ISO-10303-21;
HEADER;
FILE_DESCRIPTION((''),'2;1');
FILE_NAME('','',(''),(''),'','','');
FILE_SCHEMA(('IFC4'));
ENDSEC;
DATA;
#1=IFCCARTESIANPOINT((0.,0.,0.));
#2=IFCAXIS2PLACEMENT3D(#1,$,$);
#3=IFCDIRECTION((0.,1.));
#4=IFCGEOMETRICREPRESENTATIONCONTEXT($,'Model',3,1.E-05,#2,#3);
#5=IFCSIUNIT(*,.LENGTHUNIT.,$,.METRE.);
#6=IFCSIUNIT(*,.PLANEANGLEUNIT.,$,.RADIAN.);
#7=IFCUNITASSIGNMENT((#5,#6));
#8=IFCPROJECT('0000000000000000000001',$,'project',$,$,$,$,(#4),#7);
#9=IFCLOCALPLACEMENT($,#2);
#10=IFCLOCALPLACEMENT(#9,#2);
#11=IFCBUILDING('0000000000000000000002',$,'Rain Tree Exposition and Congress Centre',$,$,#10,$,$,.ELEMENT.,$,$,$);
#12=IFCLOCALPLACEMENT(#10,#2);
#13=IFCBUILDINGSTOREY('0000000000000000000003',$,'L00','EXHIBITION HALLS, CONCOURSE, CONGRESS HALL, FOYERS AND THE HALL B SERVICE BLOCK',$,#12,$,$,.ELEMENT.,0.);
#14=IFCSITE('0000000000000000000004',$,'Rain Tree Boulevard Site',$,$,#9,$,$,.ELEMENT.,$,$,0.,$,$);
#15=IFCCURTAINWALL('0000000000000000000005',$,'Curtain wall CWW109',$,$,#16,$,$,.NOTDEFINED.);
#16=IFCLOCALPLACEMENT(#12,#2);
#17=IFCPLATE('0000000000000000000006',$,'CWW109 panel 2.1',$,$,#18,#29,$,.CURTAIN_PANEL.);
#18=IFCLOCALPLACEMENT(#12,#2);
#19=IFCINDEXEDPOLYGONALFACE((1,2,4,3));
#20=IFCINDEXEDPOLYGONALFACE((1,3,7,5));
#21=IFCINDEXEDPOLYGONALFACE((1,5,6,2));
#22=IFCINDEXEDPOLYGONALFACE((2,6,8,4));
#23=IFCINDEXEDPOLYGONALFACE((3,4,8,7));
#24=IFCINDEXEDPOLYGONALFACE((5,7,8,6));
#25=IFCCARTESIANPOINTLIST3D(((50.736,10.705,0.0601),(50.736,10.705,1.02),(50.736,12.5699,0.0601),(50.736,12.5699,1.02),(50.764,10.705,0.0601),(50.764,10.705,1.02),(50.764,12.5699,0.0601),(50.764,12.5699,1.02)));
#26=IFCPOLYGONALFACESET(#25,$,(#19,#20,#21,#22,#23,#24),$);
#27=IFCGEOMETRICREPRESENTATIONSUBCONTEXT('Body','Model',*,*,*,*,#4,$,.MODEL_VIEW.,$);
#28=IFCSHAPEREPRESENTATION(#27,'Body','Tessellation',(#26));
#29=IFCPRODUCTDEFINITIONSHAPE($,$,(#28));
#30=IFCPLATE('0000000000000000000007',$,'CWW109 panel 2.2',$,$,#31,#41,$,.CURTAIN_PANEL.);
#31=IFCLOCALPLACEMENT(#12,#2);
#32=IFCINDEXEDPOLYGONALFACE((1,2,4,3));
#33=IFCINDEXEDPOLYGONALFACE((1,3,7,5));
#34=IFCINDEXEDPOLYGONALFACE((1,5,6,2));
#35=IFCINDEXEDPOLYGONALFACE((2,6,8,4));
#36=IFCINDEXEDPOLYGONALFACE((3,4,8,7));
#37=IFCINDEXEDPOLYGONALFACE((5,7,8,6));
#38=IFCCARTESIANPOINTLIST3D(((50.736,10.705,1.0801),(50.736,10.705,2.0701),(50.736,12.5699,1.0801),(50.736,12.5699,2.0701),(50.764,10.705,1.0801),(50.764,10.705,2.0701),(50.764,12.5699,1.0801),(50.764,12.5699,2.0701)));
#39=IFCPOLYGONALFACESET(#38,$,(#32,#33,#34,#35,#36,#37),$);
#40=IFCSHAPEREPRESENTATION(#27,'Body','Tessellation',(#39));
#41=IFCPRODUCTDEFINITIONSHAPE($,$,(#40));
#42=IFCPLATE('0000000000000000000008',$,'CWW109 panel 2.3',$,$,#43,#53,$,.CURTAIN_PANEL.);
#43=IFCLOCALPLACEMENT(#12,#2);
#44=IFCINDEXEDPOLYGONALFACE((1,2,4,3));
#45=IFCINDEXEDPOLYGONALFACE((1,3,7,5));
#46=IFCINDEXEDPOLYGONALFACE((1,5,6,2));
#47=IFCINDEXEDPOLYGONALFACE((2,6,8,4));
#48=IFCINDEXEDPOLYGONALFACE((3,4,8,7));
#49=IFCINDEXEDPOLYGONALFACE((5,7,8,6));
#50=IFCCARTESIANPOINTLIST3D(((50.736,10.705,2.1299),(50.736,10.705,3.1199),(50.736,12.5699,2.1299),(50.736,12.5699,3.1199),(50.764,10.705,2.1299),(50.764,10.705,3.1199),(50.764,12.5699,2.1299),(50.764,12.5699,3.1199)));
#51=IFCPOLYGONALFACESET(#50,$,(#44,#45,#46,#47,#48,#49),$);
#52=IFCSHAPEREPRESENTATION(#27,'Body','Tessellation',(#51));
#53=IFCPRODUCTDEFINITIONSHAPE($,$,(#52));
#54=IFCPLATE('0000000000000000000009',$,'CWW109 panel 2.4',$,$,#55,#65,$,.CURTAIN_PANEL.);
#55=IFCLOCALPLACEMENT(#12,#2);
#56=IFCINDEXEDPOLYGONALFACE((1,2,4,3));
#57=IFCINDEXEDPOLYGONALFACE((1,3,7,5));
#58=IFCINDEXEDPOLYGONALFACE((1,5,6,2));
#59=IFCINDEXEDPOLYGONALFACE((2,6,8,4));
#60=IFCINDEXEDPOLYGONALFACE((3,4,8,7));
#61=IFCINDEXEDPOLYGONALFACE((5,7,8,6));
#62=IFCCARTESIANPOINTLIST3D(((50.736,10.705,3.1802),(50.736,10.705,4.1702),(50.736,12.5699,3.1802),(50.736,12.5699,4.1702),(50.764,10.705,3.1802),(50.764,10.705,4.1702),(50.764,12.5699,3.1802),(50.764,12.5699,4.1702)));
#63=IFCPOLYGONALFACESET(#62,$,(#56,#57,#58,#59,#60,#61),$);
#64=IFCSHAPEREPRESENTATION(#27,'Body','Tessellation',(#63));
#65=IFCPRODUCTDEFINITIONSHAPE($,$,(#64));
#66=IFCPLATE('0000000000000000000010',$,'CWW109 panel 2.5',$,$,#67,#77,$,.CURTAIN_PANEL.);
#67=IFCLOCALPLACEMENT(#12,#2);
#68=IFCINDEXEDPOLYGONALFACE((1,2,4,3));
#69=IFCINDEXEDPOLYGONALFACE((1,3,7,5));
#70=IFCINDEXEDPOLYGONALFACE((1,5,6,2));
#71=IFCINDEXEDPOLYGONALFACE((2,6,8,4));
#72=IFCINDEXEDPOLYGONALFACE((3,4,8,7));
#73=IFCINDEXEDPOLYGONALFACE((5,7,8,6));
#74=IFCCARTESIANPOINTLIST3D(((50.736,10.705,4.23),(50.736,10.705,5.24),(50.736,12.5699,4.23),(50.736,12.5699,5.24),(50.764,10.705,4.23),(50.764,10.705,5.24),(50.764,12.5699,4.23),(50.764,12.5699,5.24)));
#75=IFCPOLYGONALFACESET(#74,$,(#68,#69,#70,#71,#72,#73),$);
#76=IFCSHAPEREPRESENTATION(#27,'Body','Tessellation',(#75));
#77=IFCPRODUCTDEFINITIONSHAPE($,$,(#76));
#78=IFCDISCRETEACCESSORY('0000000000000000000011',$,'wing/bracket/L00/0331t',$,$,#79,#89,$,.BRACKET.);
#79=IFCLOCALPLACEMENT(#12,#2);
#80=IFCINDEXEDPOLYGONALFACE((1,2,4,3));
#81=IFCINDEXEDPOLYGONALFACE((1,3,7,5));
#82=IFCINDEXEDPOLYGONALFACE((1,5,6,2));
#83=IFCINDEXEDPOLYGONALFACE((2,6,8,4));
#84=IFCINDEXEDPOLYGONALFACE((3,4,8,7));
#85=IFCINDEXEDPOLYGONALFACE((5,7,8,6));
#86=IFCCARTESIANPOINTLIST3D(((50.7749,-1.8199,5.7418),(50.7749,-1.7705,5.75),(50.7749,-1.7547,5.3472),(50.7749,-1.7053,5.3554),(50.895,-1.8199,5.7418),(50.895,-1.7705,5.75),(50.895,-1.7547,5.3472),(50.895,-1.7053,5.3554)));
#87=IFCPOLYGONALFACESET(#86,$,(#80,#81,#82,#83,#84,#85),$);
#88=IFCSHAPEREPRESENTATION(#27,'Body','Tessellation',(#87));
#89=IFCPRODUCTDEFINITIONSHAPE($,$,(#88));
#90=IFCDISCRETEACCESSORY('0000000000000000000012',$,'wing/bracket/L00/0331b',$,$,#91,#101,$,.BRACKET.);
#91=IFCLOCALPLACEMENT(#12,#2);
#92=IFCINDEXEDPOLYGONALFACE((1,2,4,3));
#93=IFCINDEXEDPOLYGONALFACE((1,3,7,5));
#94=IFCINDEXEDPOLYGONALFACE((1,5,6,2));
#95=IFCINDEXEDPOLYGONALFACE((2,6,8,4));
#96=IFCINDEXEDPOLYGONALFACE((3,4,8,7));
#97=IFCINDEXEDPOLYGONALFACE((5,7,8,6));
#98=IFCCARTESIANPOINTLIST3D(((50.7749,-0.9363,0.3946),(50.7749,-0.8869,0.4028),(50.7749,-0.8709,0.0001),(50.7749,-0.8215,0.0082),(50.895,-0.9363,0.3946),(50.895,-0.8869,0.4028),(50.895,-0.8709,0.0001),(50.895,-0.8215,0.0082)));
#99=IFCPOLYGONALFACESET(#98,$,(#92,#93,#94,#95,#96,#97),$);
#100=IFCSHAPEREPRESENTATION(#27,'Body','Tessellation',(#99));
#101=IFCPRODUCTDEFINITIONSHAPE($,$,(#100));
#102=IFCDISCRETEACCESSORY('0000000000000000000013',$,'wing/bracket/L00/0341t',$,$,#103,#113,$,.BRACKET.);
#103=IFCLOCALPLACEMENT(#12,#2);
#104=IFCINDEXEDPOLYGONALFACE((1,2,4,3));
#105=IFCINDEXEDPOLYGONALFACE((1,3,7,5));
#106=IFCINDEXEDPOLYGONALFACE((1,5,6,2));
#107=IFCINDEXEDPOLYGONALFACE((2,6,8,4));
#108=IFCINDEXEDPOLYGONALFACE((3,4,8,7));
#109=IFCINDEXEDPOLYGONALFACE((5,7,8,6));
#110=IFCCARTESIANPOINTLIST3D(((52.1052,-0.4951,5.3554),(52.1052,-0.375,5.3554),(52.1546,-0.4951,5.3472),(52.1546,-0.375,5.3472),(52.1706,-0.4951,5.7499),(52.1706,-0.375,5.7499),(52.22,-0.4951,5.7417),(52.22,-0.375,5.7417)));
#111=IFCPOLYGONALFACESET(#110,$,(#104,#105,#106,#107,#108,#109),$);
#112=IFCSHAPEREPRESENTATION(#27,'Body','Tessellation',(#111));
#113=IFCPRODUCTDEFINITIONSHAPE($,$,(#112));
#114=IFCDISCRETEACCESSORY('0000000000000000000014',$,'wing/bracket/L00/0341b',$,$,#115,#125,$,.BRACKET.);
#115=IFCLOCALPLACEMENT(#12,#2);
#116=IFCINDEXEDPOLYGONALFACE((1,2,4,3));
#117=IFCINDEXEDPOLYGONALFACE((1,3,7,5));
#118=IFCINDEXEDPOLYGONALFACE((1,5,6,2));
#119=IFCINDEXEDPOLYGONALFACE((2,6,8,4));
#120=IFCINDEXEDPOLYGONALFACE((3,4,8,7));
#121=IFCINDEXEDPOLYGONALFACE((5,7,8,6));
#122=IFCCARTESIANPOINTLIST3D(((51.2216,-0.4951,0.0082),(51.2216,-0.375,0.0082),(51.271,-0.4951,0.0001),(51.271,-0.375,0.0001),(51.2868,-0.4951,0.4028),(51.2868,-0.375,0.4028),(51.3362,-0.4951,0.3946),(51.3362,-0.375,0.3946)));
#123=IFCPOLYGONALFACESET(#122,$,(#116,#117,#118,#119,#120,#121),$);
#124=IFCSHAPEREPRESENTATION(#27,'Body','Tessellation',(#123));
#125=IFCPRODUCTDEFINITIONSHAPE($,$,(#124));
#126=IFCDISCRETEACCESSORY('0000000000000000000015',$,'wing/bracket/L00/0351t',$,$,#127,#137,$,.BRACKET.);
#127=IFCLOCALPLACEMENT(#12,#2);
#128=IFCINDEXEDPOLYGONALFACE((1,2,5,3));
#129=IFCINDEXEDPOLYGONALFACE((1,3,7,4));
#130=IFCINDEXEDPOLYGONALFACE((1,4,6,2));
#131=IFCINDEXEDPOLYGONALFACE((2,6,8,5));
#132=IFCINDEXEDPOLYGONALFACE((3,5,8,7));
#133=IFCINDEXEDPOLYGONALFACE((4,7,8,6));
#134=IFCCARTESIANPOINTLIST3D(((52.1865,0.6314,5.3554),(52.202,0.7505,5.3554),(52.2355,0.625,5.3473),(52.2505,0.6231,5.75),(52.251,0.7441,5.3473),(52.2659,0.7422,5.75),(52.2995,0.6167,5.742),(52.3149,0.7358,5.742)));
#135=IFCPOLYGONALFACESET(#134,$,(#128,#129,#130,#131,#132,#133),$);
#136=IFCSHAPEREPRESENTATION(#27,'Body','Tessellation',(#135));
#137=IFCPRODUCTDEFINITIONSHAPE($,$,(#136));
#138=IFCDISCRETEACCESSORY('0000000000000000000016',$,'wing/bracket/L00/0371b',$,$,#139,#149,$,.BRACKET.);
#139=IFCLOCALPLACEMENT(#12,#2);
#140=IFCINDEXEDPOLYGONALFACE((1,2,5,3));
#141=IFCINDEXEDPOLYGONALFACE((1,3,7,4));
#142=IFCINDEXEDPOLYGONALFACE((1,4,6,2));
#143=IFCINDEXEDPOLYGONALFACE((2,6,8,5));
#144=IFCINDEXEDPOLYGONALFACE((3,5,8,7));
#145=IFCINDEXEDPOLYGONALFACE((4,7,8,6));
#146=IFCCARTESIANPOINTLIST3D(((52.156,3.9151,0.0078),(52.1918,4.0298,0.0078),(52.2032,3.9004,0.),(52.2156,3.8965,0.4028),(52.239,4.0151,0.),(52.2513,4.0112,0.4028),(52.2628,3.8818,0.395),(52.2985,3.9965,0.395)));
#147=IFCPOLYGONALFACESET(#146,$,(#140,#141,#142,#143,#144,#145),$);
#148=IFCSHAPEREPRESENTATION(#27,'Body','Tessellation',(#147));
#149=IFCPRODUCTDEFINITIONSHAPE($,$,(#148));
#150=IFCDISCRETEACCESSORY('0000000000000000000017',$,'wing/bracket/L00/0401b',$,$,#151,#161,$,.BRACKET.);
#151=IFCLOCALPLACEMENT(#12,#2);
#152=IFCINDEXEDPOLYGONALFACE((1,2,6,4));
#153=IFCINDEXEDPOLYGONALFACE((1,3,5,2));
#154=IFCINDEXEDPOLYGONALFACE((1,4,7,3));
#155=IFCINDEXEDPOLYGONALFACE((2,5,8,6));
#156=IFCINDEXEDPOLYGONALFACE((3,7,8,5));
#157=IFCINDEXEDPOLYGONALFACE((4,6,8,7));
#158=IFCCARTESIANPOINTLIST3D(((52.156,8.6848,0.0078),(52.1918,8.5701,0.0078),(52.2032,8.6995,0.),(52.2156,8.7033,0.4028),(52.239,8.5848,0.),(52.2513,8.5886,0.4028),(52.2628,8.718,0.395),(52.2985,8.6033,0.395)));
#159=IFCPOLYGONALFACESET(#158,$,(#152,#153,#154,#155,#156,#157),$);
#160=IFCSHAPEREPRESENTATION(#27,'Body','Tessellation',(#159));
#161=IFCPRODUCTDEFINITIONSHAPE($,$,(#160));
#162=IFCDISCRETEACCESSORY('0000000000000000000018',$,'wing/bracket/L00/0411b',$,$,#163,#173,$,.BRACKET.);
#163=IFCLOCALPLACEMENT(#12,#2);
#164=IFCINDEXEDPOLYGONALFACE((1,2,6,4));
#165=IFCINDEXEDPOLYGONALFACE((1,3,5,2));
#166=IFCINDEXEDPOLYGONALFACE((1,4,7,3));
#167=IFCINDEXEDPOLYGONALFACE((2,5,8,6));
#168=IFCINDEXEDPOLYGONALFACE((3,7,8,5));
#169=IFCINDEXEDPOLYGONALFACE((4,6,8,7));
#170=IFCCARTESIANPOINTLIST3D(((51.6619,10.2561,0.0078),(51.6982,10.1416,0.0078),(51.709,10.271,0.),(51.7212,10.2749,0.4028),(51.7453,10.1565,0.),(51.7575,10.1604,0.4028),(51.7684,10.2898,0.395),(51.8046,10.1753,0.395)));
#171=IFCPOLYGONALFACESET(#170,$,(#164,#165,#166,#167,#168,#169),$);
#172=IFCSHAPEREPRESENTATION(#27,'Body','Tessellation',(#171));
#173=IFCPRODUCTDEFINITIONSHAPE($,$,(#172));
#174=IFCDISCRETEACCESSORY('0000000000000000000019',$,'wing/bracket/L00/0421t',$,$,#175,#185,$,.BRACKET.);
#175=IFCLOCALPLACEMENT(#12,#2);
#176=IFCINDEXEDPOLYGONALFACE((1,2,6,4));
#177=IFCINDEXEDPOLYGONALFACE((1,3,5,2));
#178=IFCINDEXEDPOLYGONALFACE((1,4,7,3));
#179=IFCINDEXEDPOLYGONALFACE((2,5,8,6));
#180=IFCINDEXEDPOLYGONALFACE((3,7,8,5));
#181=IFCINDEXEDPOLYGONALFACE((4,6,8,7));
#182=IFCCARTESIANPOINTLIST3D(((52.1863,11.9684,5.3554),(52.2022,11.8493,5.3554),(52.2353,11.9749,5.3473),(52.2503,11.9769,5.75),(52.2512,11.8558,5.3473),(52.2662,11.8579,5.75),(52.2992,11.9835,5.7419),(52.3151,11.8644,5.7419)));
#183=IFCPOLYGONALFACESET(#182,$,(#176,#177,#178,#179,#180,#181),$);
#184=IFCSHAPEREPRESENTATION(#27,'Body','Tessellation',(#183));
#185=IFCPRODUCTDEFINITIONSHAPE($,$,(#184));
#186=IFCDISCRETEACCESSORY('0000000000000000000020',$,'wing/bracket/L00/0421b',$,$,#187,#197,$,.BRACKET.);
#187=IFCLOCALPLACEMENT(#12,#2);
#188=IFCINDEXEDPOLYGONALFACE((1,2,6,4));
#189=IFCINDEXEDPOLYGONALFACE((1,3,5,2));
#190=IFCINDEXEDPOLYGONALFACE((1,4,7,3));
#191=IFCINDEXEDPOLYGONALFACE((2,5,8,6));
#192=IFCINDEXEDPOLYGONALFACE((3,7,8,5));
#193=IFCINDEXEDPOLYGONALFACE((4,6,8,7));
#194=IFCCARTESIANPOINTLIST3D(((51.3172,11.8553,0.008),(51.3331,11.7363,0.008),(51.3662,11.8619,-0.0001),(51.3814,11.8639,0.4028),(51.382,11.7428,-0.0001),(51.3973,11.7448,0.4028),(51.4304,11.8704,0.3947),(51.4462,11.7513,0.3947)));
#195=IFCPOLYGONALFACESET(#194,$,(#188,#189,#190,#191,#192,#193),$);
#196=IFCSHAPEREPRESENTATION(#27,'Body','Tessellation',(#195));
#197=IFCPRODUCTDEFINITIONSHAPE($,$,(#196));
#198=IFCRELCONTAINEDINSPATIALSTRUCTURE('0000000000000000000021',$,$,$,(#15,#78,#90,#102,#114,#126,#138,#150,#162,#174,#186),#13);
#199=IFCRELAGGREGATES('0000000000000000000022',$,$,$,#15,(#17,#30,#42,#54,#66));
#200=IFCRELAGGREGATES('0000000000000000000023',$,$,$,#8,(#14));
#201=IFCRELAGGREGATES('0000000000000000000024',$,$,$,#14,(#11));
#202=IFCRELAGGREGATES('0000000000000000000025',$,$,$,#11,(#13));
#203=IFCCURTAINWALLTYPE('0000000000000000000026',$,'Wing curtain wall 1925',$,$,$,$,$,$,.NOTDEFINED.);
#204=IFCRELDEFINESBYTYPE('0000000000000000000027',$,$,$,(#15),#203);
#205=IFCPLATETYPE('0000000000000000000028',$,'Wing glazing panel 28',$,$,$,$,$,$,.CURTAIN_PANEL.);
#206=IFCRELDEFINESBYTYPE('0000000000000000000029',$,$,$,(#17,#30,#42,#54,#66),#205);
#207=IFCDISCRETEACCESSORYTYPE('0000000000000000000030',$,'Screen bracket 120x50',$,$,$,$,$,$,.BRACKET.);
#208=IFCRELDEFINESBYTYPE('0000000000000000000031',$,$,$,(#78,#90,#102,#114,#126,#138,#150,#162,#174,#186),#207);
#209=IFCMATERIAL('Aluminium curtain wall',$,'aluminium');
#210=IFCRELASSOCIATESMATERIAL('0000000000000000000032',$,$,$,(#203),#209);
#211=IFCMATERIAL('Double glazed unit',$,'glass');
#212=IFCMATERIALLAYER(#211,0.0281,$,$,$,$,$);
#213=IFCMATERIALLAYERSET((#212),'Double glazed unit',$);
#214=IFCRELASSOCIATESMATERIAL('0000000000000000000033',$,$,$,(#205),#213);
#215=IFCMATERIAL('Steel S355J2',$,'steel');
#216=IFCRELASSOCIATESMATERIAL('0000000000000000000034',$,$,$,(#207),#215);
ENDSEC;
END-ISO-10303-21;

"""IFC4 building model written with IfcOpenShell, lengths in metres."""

from ifc_helpers import new_model, si_unit, direction, frame, origin, origin_2d, place, context, subcontext, project, spatial, rectangle, extrude, material, layer, layer_set, material_profile, profile_set, type_object, element, aggregate, save


model = new_model("IFC4")

# Units and contexts
model_context = context("Model", 3, precision=1e-05, world=origin(), true_north=direction((0.0, 1.0)))
body_context = subcontext(model_context, "Body", "Model", "MODEL_VIEW")
ifc_project = project(units=[si_unit("LENGTHUNIT", "METRE"), si_unit("PLANEANGLEUNIT", "RADIAN")], contexts=[model_context])

# Site, building, storey
site_placement = place(None, origin())
site = spatial("IfcSite", under=ifc_project, at=site_placement, Name="Rain Tree Boulevard Site", CompositionType="ELEMENT", RefElevation=0.0)
building_placement = place(site_placement, origin())
building = spatial("IfcBuilding", under=site, at=building_placement, Name="Rain Tree Exposition and Congress Centre", CompositionType="ELEMENT")
storey_placement = place(building_placement, origin())
storey = spatial("IfcBuildingStorey", under=building, at=storey_placement, Name="L00", Description="EXHIBITION HALLS, CONCOURSE, CONGRESS HALL, FOYERS AND THE HALL B SERVICE BLOCK", CompositionType="ELEMENT", Elevation=0.0)

# Curtain wall, plates
ifc_material_1 = material(Name="Aluminium curtain wall", Category="aluminium")
curtain_wall_type = type_object("IfcCurtainWallType", Name="Wing curtain wall 1925", PredefinedType="NOTDEFINED", material=ifc_material_1)
curtain_wall_placement = place(storey_placement, origin())
curtain_wall = element("IfcCurtainWall", 1, at=curtain_wall_placement, inside=storey, type_object=curtain_wall_type, Name="Curtain wall CWW109", PredefinedType="NOTDEFINED")
ifc_material_2 = material(Name="Double glazed unit", Category="glass")
ifc_layer_1 = layer(ifc_material_2, 0.0281)
ifc_layer_set_1 = layer_set([ifc_layer_1], Name="Double glazed unit")
plate_type = type_object("IfcPlateType", Name="Wing glazing panel 28", PredefinedType="CURTAIN_PANEL", material=ifc_layer_set_1)
plate_1_placement = place(storey_placement, frame((50.75, 11.6375, 0.0601), z_axis=(0.0, 0.0, 1.0), x_axis=(0.0, 1.0, 0.0)))
plate_1 = element("IfcPlate", 2, at=plate_1_placement, type_object=plate_type, Name="CWW109 panel 2.1", PredefinedType="CURTAIN_PANEL", context=body_context, shape_type="SweptSolid", body=[
    extrude(rectangle(XDim=1.865, YDim=0.0281, at=origin_2d()), origin(), (0.0, 0.0, 1.0), 0.96),
])
plate_2_placement = place(storey_placement, frame((50.75, 11.6375, 1.0801), z_axis=(0.0, 0.0, 1.0), x_axis=(0.0, 1.0, 0.0)))
plate_2 = element("IfcPlate", 3, at=plate_2_placement, type_object=plate_type, Name="CWW109 panel 2.2", PredefinedType="CURTAIN_PANEL", context=body_context, shape_type="SweptSolid", body=[
    extrude(rectangle(XDim=1.865, YDim=0.0281, at=origin_2d()), origin(), (0.0, 0.0, 1.0), 0.99),
])
plate_3_placement = place(storey_placement, frame((50.75, 11.6375, 2.1299), z_axis=(0.0, 0.0, 1.0), x_axis=(0.0, 1.0, 0.0)))
plate_3 = element("IfcPlate", 4, at=plate_3_placement, type_object=plate_type, Name="CWW109 panel 2.3", PredefinedType="CURTAIN_PANEL", context=body_context, shape_type="SweptSolid", body=[
    extrude(rectangle(XDim=1.865, YDim=0.0281, at=origin_2d()), origin(), (0.0, 0.0, 1.0), 0.99),
])
plate_4_placement = place(storey_placement, frame((50.75, 11.6375, 3.1802), z_axis=(0.0, 0.0, 1.0), x_axis=(0.0, 1.0, 0.0)))
plate_4 = element("IfcPlate", 5, at=plate_4_placement, type_object=plate_type, Name="CWW109 panel 2.4", PredefinedType="CURTAIN_PANEL", context=body_context, shape_type="SweptSolid", body=[
    extrude(rectangle(XDim=1.865, YDim=0.0281, at=origin_2d()), origin(), (0.0, 0.0, 1.0), 0.99),
])
plate_5_placement = place(storey_placement, frame((50.75, 11.6375, 4.23), z_axis=(0.0, 0.0, 1.0), x_axis=(0.0, 1.0, 0.0)))
plate_5 = element("IfcPlate", 6, at=plate_5_placement, type_object=plate_type, Name="CWW109 panel 2.5", PredefinedType="CURTAIN_PANEL", context=body_context, shape_type="SweptSolid", body=[
    extrude(rectangle(XDim=1.865, YDim=0.0281, at=origin_2d()), origin(), (0.0, 0.0, 1.0), 1.01),
])
aggregate(curtain_wall, [plate_1, plate_2, plate_3, plate_4, plate_5])

# Discrete accessories
ifc_material_3 = material(Name="Steel S355J2", Category="steel")
ifc_material_profile_1 = material_profile(ifc_material_3, rectangle(XDim=0.1201, YDim=0.05, at=origin_2d()), Name="Flat bar 120x50")
ifc_profile_set_1 = profile_set([ifc_material_profile_1], Name="Steel S355J2")
discrete_accessory_type = type_object("IfcDiscreteAccessoryType", Name="Screen bracket 120x50", PredefinedType="BRACKET", material=ifc_profile_set_1)
for number, where, z_axis, x_axis, name in (
    (7, (50.835, -1.73, 5.3513), (0.0, -0.163013, 0.986624), (1.0, 0.0, 0.0), "wing/bracket/L00/0331t"),
    (8, (50.835, -0.8462, 0.0042), (0.0, -0.163607, 0.986526), (1.0, 0.0, 0.0), "wing/bracket/L00/0331b"),
    (9, (52.1299, -0.4351, 5.3513), (0.163607, 0.0, 0.986526), (0.0, 1.0, 0.0), "wing/bracket/L00/0341t"),
    (10, (51.2463, -0.4351, 0.0042), (0.163013, 0.0, 0.986624), (0.0, 1.0, 0.0), "wing/bracket/L00/0341b"),
    (11, (52.2188, 0.6877, 5.3513), (0.159908, -0.020751, 0.986914), (0.128692, 0.991685, 0.0), "wing/bracket/L00/0351t"),
    (12, (52.1975, 3.9651, 0.0039), (0.148957, -0.046396, 0.987755), (0.297384, 0.954758, 0.0), "wing/bracket/L00/0371b"),
    (13, (52.1975, 8.6348, 0.0039), (0.148957, 0.046396, 0.987755), (-0.297384, 0.954758, 0.0), "wing/bracket/L00/0401b"),
    (14, (51.7036, 10.2063, 0.0039), (0.148356, 0.04701, 0.987816), (-0.30207, 0.953286, 0.0), "wing/bracket/L00/0411b"),
    (15, (52.2188, 11.9121, 5.3513), (0.159906, 0.021361, 0.986901), (-0.132412, 0.991195, 0.0), "wing/bracket/L00/0421t"),
):
    element("IfcDiscreteAccessory", number, at=place(storey_placement, frame(where, z_axis=z_axis, x_axis=x_axis)), inside=storey, type_object=discrete_accessory_type, Name=name, PredefinedType="BRACKET", context=body_context, shape_type="SweptSolid", body=[
        extrude(rectangle(XDim=0.1201, YDim=0.05, at=origin_2d()), origin(), (0.0, 0.0, 1.0), 0.3999),
    ])
discrete_accessory_placement = place(storey_placement, frame((51.3496, 11.7991, 0.0039), z_axis=(0.160501, 0.021359, 0.986805), x_axis=(-0.131917, 0.991261, 0.0)))
element("IfcDiscreteAccessory", 16, at=discrete_accessory_placement, inside=storey, type_object=discrete_accessory_type, Name="wing/bracket/L00/0421b", PredefinedType="BRACKET", context=body_context, shape_type="SweptSolid", body=[
    extrude(rectangle(XDim=0.1201, YDim=0.05, at=origin_2d()), origin(), (0.0, 0.0, 1.0), 0.4001),
])

save(model, "model.ifc")
